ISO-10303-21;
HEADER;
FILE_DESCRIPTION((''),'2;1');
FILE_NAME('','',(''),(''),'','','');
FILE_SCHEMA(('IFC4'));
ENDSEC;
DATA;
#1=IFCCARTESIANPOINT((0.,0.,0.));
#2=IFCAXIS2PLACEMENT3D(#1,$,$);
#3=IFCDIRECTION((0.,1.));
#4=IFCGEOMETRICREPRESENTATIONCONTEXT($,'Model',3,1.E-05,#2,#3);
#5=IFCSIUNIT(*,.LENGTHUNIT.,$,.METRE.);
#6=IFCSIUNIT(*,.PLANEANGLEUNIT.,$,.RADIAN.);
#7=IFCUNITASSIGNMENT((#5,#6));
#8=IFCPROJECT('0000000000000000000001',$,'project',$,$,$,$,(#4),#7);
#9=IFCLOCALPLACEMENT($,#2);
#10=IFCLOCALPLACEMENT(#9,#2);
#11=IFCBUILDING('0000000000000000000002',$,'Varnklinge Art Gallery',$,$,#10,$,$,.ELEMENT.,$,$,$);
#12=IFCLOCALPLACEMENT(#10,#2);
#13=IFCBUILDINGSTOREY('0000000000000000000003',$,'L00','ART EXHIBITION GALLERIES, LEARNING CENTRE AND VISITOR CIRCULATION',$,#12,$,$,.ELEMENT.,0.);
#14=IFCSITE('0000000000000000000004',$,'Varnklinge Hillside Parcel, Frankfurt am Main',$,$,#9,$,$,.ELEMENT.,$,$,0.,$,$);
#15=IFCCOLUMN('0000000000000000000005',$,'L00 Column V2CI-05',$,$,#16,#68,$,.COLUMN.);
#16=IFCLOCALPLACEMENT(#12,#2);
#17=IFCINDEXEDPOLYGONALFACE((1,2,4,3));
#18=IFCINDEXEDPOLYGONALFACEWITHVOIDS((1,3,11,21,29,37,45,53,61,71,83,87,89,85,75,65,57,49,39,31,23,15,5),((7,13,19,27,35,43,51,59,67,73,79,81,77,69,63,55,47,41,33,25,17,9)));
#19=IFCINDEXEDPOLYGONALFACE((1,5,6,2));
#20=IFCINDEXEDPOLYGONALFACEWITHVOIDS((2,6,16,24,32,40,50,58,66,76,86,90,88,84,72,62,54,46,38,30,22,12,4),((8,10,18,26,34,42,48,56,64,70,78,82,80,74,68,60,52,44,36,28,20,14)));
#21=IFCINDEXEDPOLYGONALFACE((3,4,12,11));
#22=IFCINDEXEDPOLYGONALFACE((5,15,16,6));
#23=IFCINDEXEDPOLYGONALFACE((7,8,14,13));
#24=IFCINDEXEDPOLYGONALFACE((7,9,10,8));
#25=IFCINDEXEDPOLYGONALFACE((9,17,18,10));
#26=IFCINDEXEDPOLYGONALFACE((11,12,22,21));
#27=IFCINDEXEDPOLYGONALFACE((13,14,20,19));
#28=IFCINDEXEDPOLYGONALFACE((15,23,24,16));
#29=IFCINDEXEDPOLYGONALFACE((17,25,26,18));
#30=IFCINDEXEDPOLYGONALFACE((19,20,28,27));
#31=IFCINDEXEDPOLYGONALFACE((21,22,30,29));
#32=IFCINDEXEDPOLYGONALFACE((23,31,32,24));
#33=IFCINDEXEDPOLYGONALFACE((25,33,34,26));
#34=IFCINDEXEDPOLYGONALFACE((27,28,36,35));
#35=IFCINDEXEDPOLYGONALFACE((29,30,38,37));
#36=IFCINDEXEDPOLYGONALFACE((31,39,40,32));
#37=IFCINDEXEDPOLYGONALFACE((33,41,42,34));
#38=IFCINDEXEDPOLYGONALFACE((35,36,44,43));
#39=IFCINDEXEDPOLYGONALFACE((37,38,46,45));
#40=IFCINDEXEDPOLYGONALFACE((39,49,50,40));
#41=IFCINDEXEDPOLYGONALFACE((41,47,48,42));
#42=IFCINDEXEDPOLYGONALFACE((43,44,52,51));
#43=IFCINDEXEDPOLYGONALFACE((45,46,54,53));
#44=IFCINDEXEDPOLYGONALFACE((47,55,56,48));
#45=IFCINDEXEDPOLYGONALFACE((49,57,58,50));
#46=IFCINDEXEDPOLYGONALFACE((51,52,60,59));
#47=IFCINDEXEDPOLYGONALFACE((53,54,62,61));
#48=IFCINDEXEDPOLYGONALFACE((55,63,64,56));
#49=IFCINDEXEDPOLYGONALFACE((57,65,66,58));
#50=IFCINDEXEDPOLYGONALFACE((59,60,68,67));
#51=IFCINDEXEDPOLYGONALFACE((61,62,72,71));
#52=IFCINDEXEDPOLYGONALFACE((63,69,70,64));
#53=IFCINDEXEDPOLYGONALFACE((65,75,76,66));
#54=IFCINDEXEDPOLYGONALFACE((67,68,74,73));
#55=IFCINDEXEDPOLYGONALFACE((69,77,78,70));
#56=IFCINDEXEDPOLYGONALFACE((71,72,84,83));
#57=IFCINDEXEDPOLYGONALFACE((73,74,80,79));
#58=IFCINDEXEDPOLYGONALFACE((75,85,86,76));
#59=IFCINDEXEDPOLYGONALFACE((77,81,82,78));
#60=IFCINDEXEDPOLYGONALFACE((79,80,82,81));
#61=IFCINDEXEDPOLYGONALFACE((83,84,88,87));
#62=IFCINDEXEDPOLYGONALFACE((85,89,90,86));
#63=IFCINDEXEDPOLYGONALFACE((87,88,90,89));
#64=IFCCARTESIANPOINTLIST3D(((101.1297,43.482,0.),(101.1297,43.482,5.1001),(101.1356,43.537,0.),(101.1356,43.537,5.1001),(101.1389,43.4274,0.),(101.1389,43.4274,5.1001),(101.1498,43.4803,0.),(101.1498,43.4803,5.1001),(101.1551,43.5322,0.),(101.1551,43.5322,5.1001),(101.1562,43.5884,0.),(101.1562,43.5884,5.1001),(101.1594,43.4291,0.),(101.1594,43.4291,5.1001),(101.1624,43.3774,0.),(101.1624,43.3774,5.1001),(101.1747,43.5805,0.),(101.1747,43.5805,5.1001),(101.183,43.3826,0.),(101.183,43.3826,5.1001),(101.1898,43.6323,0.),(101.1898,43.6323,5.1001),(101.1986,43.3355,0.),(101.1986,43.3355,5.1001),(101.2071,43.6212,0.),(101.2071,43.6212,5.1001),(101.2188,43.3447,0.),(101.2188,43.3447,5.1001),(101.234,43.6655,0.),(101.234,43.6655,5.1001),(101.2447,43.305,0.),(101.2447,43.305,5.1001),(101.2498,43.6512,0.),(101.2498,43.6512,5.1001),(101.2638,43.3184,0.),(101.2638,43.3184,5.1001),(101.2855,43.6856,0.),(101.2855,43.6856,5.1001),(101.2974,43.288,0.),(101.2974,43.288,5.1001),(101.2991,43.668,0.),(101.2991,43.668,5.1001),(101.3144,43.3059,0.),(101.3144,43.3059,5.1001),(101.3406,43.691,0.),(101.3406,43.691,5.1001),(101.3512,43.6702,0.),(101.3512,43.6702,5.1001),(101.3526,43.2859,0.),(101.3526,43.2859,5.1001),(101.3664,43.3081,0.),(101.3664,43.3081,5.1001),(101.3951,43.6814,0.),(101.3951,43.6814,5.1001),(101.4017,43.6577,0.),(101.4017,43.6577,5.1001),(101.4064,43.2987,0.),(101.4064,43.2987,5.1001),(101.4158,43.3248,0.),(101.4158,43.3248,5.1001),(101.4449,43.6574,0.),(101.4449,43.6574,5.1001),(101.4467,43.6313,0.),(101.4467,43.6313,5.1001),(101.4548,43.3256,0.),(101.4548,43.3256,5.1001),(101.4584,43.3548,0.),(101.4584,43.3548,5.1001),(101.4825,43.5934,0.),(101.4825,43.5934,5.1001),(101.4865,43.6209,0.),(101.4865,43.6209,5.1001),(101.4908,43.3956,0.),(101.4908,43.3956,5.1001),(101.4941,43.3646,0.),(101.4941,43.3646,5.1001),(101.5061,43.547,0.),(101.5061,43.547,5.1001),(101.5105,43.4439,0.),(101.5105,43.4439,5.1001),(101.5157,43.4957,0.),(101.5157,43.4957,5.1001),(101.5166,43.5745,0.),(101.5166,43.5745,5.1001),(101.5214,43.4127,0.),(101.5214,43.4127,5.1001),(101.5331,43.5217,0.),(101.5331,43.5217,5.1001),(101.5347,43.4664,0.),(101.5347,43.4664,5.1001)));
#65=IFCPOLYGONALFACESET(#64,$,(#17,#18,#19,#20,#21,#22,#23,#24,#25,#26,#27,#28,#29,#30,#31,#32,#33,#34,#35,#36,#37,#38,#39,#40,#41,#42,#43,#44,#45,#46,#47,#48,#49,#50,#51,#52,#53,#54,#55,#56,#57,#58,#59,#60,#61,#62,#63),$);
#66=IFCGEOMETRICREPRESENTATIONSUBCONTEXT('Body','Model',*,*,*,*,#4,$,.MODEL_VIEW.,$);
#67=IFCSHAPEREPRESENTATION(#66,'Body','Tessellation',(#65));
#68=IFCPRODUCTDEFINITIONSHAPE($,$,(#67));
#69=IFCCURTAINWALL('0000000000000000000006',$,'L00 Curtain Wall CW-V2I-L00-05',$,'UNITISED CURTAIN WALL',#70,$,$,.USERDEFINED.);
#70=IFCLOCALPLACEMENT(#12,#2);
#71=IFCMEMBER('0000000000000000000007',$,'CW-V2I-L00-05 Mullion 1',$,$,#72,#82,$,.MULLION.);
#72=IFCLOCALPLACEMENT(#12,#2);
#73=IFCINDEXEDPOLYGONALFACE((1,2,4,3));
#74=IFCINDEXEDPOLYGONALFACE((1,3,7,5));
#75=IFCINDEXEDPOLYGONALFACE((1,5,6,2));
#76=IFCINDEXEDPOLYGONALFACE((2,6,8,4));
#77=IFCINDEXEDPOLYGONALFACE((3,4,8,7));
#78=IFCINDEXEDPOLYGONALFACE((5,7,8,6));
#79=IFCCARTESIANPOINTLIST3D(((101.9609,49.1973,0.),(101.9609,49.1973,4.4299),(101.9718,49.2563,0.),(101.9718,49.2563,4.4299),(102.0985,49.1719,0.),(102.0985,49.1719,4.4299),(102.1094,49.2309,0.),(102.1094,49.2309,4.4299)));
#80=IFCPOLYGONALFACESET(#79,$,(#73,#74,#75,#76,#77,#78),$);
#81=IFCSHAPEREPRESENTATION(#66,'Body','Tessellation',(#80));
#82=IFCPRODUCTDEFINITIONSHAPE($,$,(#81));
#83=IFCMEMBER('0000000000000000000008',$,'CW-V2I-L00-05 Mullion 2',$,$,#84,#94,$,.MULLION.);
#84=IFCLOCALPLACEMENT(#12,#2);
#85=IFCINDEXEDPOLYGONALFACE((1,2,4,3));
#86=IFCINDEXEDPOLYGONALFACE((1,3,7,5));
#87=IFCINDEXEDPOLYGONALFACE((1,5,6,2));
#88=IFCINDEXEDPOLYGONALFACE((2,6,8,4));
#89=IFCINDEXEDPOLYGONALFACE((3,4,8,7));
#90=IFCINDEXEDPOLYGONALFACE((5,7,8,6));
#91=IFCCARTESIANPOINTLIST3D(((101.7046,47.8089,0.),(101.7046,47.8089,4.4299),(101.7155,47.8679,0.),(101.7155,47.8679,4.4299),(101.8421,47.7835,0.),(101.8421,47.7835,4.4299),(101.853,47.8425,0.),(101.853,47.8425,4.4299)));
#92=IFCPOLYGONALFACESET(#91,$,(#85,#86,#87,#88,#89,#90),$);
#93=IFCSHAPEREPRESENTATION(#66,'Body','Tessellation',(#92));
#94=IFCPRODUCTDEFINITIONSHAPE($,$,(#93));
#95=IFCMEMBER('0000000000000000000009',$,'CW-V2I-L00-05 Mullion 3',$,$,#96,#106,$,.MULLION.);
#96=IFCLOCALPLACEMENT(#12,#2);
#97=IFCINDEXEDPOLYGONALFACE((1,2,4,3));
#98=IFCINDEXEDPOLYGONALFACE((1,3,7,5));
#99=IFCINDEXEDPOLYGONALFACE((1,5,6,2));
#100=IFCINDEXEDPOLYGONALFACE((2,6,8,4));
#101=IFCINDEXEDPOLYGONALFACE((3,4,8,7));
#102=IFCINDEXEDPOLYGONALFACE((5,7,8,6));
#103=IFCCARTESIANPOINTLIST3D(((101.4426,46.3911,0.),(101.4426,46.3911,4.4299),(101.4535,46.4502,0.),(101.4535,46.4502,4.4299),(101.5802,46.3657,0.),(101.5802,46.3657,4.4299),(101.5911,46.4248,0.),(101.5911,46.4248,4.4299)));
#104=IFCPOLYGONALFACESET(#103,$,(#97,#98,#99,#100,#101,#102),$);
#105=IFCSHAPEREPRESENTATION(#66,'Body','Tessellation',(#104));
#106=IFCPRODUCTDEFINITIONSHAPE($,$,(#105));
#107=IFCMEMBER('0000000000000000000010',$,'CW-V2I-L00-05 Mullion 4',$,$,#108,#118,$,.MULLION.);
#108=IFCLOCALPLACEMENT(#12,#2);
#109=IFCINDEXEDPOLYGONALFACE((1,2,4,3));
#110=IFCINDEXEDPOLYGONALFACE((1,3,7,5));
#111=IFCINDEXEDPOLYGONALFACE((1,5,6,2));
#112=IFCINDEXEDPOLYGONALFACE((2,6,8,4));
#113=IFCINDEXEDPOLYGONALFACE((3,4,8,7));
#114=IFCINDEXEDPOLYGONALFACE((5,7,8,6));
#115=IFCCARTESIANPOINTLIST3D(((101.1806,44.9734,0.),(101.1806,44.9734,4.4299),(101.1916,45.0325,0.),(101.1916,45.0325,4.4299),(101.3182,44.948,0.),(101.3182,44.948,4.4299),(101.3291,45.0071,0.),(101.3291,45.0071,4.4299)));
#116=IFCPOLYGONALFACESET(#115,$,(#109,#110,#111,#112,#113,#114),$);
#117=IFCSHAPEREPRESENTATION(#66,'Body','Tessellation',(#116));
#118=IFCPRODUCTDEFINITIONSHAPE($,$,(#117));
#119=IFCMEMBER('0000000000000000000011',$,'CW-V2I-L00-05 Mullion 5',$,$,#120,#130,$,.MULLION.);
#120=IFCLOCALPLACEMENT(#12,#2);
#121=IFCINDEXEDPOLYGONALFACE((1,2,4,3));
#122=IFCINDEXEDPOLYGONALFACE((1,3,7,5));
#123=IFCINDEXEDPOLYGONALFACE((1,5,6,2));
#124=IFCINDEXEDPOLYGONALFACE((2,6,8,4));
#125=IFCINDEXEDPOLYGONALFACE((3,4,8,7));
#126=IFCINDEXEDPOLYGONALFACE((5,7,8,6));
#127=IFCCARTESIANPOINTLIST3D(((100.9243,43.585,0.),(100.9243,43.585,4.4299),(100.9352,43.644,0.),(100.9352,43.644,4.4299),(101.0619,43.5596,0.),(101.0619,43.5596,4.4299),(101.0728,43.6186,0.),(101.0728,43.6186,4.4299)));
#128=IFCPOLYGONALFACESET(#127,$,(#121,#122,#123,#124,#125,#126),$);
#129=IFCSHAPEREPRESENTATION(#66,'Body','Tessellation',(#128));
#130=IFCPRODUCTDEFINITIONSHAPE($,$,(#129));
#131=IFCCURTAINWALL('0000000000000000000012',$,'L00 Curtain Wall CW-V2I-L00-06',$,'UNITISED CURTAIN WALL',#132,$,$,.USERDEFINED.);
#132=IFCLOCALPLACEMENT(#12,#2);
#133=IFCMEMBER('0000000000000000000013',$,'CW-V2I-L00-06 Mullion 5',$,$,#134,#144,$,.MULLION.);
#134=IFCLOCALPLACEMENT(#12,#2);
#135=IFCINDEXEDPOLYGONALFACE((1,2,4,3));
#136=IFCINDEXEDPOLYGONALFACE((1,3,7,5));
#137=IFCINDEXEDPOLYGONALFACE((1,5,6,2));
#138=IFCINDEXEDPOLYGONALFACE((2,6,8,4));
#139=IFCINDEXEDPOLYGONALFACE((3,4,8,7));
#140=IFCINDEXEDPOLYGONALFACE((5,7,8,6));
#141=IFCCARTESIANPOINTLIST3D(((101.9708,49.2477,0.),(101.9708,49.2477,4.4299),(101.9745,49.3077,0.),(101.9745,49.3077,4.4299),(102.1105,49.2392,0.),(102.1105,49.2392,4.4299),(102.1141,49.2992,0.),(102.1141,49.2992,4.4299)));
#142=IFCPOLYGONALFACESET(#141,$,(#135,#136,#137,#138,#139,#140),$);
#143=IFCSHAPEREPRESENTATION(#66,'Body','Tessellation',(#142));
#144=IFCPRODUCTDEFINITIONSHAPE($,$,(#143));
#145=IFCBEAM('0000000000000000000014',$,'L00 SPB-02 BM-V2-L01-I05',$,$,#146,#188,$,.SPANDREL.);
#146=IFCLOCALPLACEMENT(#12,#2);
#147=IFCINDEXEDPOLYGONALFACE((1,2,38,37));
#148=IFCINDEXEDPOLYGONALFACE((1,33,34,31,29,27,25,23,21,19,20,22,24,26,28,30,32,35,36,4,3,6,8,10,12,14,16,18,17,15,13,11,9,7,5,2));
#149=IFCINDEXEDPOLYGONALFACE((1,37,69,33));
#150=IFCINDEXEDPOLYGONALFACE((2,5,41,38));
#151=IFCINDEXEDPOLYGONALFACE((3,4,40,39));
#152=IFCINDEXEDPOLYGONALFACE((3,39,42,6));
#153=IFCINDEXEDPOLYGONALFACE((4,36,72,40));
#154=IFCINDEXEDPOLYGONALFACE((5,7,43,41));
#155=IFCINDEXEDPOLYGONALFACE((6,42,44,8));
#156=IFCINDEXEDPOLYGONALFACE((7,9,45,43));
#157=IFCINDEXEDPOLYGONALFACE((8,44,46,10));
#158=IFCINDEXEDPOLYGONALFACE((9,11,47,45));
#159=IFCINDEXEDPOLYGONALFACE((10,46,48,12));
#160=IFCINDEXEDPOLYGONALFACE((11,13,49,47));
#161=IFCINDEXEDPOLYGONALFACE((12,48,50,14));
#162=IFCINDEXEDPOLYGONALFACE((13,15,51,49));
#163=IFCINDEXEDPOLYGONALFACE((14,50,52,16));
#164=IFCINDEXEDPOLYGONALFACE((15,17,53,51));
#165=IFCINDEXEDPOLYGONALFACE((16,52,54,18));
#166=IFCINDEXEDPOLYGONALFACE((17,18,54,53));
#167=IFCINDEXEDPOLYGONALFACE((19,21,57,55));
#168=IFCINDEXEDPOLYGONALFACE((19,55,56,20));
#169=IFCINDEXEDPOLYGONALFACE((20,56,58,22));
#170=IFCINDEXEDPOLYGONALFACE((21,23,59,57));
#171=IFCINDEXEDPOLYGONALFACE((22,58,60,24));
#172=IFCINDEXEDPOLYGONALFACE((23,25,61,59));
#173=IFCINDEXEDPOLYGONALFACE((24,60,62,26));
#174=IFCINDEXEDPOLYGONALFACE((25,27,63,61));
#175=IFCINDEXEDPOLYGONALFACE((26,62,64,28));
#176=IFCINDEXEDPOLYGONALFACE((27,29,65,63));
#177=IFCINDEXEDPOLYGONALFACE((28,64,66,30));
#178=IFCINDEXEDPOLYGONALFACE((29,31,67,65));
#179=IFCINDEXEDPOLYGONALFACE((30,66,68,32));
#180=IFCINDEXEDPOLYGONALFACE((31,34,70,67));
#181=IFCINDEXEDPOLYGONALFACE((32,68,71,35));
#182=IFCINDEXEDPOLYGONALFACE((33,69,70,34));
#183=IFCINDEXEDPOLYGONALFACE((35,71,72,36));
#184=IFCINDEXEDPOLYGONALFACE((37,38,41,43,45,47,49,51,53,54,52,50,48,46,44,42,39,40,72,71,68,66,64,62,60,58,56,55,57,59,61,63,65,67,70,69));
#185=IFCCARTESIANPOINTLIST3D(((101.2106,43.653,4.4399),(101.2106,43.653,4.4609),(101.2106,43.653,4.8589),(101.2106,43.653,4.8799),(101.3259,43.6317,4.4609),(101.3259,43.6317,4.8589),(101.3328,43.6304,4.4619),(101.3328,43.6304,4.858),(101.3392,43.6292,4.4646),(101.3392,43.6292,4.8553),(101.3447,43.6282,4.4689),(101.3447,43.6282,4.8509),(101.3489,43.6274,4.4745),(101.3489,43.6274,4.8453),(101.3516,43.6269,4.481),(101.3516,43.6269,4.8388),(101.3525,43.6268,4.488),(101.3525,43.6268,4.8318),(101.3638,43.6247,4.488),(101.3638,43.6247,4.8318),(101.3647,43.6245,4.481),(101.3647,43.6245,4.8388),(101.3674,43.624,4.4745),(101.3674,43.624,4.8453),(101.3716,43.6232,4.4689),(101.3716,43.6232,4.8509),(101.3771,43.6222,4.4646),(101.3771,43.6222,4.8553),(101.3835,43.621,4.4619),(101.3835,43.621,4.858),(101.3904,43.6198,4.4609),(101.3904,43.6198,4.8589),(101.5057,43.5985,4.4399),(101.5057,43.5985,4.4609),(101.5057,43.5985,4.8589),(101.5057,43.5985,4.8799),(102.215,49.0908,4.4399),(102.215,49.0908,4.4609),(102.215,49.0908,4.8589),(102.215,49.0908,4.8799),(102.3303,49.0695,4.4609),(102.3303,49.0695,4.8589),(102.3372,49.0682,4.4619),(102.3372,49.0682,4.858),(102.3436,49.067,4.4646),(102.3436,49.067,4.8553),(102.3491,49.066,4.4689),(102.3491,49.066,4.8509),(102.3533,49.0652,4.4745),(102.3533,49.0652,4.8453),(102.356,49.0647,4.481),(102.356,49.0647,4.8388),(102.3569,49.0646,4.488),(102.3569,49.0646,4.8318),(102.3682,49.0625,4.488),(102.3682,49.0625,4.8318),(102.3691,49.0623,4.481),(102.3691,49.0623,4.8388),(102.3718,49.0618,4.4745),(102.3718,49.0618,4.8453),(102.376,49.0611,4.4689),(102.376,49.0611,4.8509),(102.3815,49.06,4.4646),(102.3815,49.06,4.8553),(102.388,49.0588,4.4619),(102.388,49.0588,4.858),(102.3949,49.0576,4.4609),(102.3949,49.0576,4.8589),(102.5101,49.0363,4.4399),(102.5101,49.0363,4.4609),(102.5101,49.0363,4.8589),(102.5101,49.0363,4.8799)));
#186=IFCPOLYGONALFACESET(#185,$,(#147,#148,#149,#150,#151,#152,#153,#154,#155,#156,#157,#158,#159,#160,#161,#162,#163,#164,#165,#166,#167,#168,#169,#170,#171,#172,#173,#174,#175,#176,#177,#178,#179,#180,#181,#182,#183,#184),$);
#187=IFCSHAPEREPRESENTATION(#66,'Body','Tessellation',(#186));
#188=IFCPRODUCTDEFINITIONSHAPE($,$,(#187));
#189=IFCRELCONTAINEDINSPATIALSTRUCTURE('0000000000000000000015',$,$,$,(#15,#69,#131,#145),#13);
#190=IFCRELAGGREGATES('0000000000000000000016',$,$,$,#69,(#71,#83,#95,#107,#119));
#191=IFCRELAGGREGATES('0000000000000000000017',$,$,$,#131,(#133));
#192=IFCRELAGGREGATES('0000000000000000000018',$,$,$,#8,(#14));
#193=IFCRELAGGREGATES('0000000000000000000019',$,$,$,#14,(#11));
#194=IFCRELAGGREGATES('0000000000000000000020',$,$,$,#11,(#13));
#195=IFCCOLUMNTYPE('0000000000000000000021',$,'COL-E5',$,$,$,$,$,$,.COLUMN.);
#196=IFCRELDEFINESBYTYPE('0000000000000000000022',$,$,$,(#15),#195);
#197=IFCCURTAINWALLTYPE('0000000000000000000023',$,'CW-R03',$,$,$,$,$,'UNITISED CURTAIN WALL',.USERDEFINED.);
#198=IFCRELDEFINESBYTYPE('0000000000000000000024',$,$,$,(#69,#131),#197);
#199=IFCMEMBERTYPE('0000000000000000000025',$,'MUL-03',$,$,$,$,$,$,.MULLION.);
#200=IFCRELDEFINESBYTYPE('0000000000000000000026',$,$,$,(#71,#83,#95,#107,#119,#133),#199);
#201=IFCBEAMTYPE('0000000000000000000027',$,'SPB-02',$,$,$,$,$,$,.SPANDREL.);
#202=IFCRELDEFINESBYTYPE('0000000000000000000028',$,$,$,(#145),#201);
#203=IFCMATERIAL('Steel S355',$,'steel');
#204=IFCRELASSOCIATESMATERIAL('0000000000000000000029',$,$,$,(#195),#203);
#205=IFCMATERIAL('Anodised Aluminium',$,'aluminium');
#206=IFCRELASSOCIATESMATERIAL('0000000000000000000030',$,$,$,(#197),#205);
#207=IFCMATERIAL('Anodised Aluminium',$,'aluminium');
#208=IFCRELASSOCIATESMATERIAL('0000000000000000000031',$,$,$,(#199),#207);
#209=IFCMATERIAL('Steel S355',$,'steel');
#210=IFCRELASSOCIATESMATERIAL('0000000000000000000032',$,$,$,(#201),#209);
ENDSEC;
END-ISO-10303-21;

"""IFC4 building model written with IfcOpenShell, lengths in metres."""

from ifc_helpers import new_model, si_unit, direction, frame, origin, origin_2d, place, context, subcontext, project, spatial, rectangle, hollow_circle, i_section, extrude, material, material_profile, profile_set, type_object, element, aggregate, save


model = new_model("IFC4")

# Units and contexts
model_context = context("Model", 3, precision=1e-05, world=origin(), true_north=direction((0.0, 1.0)))
body_context = subcontext(model_context, "Body", "Model", "MODEL_VIEW")
ifc_project = project(units=[si_unit("LENGTHUNIT", "METRE"), si_unit("PLANEANGLEUNIT", "RADIAN")], contexts=[model_context])

# Site, building, storey
site_placement = place(None, origin())
site = spatial("IfcSite", under=ifc_project, at=site_placement, Name="Varnklinge Hillside Parcel, Frankfurt am Main", CompositionType="ELEMENT", RefElevation=0.0)
building_placement = place(site_placement, origin())
building = spatial("IfcBuilding", under=site, at=building_placement, Name="Varnklinge Art Gallery", CompositionType="ELEMENT")
storey_placement = place(building_placement, origin())
storey = spatial("IfcBuildingStorey", under=building, at=storey_placement, Name="L00", Description="ART EXHIBITION GALLERIES, LEARNING CENTRE AND VISITOR CIRCULATION", CompositionType="ELEMENT", Elevation=0.0)

# Column
ifc_material_1 = material(Name="Steel S355", Category="steel")
ifc_material_profile_1 = material_profile(ifc_material_1, hollow_circle(Radius=0.2031, WallThickness=0.02, at=origin_2d()), Name="CHS 406.4x20")
ifc_profile_set_1 = profile_set([ifc_material_profile_1], Name="Steel S355")
column_type = type_object("IfcColumnType", Name="COL-E5", PredefinedType="COLUMN", material=ifc_profile_set_1)
column_placement = place(storey_placement, frame((101.3328, 43.488, 0.0), z_axis=(0.0, 0.0, 1.0), x_axis=(-0.970506, 0.241075, 0.0)))
element("IfcColumn", 1, at=column_placement, inside=storey, type_object=column_type, Name="L00 Column V2CI-05", PredefinedType="COLUMN", context=body_context, shape_type="SweptSolid", body=[
    extrude(hollow_circle(Radius=0.2031, WallThickness=0.02, at=origin_2d()), origin(), (0.0, 0.0, 1.0), 5.1001),
])

# Curtain wall, members
ifc_material_2 = material(Name="Anodised Aluminium", Category="aluminium")
curtain_wall_type = type_object("IfcCurtainWallType", Name="CW-R03", ElementType="UNITISED CURTAIN WALL", PredefinedType="USERDEFINED", material=ifc_material_2)
curtain_wall_1_placement = place(storey_placement, origin())
curtain_wall_1 = element("IfcCurtainWall", 2, at=curtain_wall_1_placement, inside=storey, type_object=curtain_wall_type, Name="L00 Curtain Wall CW-V2I-L00-05", ObjectType="UNITISED CURTAIN WALL", PredefinedType="USERDEFINED")
ifc_material_3 = material(Name="Anodised Aluminium", Category="aluminium")
ifc_material_profile_2 = material_profile(ifc_material_3, rectangle(XDim=0.0601, YDim=0.1399, at=origin_2d()), Name="ALU 60x140")
ifc_profile_set_2 = profile_set([ifc_material_profile_2], Name="Anodised Aluminium")
member_type_1 = type_object("IfcMemberType", Name="MUL-03", PredefinedType="MULLION", material=ifc_profile_set_2)
member_1_placement = place(storey_placement, frame((102.0352, 49.2141, 0.0), z_axis=(0.0, 0.0, 1.0), x_axis=(-0.181549, -0.983382, 0.0)))
member_1 = element("IfcMember", 3, at=member_1_placement, type_object=member_type_1, Name="CW-V2I-L00-05 Mullion 1", PredefinedType="MULLION", context=body_context, shape_type="SweptSolid", body=[
    extrude(rectangle(XDim=0.0601, YDim=0.1399, at=origin_2d()), origin(), (0.0, 0.0, 1.0), 4.4299),
])
member_2_placement = place(storey_placement, frame((101.7788, 47.8257, 0.0), z_axis=(0.0, 0.0, 1.0), x_axis=(-0.181549, -0.983382, 0.0)))
member_2 = element("IfcMember", 4, at=member_2_placement, type_object=member_type_1, Name="CW-V2I-L00-05 Mullion 2", PredefinedType="MULLION", context=body_context, shape_type="SweptSolid", body=[
    extrude(rectangle(XDim=0.0601, YDim=0.1399, at=origin_2d()), origin(), (0.0, 0.0, 1.0), 4.4299),
])
member_3_placement = place(storey_placement, frame((101.5168, 46.408, 0.0), z_axis=(0.0, 0.0, 1.0), x_axis=(-0.181549, -0.983382, 0.0)))
member_3 = element("IfcMember", 5, at=member_3_placement, type_object=member_type_1, Name="CW-V2I-L00-05 Mullion 3", PredefinedType="MULLION", context=body_context, shape_type="SweptSolid", body=[
    extrude(rectangle(XDim=0.0601, YDim=0.1399, at=origin_2d()), origin(), (0.0, 0.0, 1.0), 4.4299),
])
member_4_placement = place(storey_placement, frame((101.2549, 44.9902, 0.0), z_axis=(0.0, 0.0, 1.0), x_axis=(-0.181549, -0.983382, 0.0)))
member_4 = element("IfcMember", 6, at=member_4_placement, type_object=member_type_1, Name="CW-V2I-L00-05 Mullion 4", PredefinedType="MULLION", context=body_context, shape_type="SweptSolid", body=[
    extrude(rectangle(XDim=0.0601, YDim=0.1399, at=origin_2d()), origin(), (0.0, 0.0, 1.0), 4.4299),
])
member_5_placement = place(storey_placement, frame((100.9985, 43.6018, 0.0), z_axis=(0.0, 0.0, 1.0), x_axis=(-0.181549, -0.983382, 0.0)))
member_5 = element("IfcMember", 7, at=member_5_placement, type_object=member_type_1, Name="CW-V2I-L00-05 Mullion 5", PredefinedType="MULLION", context=body_context, shape_type="SweptSolid", body=[
    extrude(rectangle(XDim=0.0601, YDim=0.1399, at=origin_2d()), origin(), (0.0, 0.0, 1.0), 4.4299),
])

# Curtain wall, member
curtain_wall_2_placement = place(storey_placement, origin())
curtain_wall_2 = element("IfcCurtainWall", 8, at=curtain_wall_2_placement, inside=storey, type_object=curtain_wall_type, Name="L00 Curtain Wall CW-V2I-L00-06", ObjectType="UNITISED CURTAIN WALL", PredefinedType="USERDEFINED")
member_6_placement = place(storey_placement, frame((102.0425, 49.2734, 0.0), z_axis=(0.0, 0.0, 1.0), x_axis=(-0.060874, -0.998145, 0.0)))
member_6 = element("IfcMember", 9, at=member_6_placement, type_object=member_type_1, Name="CW-V2I-L00-06 Mullion 5", PredefinedType="MULLION", context=body_context, shape_type="SweptSolid", body=[
    extrude(rectangle(XDim=0.0601, YDim=0.1399, at=origin_2d()), origin(), (0.0, 0.0, 1.0), 4.4299),
])

# Beam
ifc_material_4 = material(Name="Steel S355", Category="steel")
ifc_material_profile_3 = material_profile(ifc_material_4, i_section(OverallWidth=0.3, OverallDepth=0.4399, WebThickness=0.0115, FlangeThickness=0.021, FilletRadius=0.0271, at=origin_2d()), Name="HEA 450")
ifc_profile_set_3 = profile_set([ifc_material_profile_3], Name="Steel S355")
beam_type = type_object("IfcBeamType", Name="SPB-02", PredefinedType="SPANDREL", material=ifc_profile_set_3)
beam_placement = place(storey_placement, frame((101.3582, 43.6257, 4.6599), z_axis=(0.181635, 0.983366, 0.0), x_axis=(-0.983366, 0.181635, 0.0)))
element("IfcBeam", 10, at=beam_placement, inside=storey, type_object=beam_type, Name="L00 SPB-02 BM-V2-L01-I05", PredefinedType="SPANDREL", context=body_context, shape_type="SweptSolid", body=[
    extrude(i_section(OverallWidth=0.3, OverallDepth=0.4399, WebThickness=0.0115, FlangeThickness=0.021, FilletRadius=0.0271, at=origin_2d()), origin(), (0.0, 0.0, 1.0), 5.5298),
])

aggregate(curtain_wall_1, [member_1, member_2, member_3, member_4, member_5])
aggregate(curtain_wall_2, [member_6])

save(model, "model.ifc")
